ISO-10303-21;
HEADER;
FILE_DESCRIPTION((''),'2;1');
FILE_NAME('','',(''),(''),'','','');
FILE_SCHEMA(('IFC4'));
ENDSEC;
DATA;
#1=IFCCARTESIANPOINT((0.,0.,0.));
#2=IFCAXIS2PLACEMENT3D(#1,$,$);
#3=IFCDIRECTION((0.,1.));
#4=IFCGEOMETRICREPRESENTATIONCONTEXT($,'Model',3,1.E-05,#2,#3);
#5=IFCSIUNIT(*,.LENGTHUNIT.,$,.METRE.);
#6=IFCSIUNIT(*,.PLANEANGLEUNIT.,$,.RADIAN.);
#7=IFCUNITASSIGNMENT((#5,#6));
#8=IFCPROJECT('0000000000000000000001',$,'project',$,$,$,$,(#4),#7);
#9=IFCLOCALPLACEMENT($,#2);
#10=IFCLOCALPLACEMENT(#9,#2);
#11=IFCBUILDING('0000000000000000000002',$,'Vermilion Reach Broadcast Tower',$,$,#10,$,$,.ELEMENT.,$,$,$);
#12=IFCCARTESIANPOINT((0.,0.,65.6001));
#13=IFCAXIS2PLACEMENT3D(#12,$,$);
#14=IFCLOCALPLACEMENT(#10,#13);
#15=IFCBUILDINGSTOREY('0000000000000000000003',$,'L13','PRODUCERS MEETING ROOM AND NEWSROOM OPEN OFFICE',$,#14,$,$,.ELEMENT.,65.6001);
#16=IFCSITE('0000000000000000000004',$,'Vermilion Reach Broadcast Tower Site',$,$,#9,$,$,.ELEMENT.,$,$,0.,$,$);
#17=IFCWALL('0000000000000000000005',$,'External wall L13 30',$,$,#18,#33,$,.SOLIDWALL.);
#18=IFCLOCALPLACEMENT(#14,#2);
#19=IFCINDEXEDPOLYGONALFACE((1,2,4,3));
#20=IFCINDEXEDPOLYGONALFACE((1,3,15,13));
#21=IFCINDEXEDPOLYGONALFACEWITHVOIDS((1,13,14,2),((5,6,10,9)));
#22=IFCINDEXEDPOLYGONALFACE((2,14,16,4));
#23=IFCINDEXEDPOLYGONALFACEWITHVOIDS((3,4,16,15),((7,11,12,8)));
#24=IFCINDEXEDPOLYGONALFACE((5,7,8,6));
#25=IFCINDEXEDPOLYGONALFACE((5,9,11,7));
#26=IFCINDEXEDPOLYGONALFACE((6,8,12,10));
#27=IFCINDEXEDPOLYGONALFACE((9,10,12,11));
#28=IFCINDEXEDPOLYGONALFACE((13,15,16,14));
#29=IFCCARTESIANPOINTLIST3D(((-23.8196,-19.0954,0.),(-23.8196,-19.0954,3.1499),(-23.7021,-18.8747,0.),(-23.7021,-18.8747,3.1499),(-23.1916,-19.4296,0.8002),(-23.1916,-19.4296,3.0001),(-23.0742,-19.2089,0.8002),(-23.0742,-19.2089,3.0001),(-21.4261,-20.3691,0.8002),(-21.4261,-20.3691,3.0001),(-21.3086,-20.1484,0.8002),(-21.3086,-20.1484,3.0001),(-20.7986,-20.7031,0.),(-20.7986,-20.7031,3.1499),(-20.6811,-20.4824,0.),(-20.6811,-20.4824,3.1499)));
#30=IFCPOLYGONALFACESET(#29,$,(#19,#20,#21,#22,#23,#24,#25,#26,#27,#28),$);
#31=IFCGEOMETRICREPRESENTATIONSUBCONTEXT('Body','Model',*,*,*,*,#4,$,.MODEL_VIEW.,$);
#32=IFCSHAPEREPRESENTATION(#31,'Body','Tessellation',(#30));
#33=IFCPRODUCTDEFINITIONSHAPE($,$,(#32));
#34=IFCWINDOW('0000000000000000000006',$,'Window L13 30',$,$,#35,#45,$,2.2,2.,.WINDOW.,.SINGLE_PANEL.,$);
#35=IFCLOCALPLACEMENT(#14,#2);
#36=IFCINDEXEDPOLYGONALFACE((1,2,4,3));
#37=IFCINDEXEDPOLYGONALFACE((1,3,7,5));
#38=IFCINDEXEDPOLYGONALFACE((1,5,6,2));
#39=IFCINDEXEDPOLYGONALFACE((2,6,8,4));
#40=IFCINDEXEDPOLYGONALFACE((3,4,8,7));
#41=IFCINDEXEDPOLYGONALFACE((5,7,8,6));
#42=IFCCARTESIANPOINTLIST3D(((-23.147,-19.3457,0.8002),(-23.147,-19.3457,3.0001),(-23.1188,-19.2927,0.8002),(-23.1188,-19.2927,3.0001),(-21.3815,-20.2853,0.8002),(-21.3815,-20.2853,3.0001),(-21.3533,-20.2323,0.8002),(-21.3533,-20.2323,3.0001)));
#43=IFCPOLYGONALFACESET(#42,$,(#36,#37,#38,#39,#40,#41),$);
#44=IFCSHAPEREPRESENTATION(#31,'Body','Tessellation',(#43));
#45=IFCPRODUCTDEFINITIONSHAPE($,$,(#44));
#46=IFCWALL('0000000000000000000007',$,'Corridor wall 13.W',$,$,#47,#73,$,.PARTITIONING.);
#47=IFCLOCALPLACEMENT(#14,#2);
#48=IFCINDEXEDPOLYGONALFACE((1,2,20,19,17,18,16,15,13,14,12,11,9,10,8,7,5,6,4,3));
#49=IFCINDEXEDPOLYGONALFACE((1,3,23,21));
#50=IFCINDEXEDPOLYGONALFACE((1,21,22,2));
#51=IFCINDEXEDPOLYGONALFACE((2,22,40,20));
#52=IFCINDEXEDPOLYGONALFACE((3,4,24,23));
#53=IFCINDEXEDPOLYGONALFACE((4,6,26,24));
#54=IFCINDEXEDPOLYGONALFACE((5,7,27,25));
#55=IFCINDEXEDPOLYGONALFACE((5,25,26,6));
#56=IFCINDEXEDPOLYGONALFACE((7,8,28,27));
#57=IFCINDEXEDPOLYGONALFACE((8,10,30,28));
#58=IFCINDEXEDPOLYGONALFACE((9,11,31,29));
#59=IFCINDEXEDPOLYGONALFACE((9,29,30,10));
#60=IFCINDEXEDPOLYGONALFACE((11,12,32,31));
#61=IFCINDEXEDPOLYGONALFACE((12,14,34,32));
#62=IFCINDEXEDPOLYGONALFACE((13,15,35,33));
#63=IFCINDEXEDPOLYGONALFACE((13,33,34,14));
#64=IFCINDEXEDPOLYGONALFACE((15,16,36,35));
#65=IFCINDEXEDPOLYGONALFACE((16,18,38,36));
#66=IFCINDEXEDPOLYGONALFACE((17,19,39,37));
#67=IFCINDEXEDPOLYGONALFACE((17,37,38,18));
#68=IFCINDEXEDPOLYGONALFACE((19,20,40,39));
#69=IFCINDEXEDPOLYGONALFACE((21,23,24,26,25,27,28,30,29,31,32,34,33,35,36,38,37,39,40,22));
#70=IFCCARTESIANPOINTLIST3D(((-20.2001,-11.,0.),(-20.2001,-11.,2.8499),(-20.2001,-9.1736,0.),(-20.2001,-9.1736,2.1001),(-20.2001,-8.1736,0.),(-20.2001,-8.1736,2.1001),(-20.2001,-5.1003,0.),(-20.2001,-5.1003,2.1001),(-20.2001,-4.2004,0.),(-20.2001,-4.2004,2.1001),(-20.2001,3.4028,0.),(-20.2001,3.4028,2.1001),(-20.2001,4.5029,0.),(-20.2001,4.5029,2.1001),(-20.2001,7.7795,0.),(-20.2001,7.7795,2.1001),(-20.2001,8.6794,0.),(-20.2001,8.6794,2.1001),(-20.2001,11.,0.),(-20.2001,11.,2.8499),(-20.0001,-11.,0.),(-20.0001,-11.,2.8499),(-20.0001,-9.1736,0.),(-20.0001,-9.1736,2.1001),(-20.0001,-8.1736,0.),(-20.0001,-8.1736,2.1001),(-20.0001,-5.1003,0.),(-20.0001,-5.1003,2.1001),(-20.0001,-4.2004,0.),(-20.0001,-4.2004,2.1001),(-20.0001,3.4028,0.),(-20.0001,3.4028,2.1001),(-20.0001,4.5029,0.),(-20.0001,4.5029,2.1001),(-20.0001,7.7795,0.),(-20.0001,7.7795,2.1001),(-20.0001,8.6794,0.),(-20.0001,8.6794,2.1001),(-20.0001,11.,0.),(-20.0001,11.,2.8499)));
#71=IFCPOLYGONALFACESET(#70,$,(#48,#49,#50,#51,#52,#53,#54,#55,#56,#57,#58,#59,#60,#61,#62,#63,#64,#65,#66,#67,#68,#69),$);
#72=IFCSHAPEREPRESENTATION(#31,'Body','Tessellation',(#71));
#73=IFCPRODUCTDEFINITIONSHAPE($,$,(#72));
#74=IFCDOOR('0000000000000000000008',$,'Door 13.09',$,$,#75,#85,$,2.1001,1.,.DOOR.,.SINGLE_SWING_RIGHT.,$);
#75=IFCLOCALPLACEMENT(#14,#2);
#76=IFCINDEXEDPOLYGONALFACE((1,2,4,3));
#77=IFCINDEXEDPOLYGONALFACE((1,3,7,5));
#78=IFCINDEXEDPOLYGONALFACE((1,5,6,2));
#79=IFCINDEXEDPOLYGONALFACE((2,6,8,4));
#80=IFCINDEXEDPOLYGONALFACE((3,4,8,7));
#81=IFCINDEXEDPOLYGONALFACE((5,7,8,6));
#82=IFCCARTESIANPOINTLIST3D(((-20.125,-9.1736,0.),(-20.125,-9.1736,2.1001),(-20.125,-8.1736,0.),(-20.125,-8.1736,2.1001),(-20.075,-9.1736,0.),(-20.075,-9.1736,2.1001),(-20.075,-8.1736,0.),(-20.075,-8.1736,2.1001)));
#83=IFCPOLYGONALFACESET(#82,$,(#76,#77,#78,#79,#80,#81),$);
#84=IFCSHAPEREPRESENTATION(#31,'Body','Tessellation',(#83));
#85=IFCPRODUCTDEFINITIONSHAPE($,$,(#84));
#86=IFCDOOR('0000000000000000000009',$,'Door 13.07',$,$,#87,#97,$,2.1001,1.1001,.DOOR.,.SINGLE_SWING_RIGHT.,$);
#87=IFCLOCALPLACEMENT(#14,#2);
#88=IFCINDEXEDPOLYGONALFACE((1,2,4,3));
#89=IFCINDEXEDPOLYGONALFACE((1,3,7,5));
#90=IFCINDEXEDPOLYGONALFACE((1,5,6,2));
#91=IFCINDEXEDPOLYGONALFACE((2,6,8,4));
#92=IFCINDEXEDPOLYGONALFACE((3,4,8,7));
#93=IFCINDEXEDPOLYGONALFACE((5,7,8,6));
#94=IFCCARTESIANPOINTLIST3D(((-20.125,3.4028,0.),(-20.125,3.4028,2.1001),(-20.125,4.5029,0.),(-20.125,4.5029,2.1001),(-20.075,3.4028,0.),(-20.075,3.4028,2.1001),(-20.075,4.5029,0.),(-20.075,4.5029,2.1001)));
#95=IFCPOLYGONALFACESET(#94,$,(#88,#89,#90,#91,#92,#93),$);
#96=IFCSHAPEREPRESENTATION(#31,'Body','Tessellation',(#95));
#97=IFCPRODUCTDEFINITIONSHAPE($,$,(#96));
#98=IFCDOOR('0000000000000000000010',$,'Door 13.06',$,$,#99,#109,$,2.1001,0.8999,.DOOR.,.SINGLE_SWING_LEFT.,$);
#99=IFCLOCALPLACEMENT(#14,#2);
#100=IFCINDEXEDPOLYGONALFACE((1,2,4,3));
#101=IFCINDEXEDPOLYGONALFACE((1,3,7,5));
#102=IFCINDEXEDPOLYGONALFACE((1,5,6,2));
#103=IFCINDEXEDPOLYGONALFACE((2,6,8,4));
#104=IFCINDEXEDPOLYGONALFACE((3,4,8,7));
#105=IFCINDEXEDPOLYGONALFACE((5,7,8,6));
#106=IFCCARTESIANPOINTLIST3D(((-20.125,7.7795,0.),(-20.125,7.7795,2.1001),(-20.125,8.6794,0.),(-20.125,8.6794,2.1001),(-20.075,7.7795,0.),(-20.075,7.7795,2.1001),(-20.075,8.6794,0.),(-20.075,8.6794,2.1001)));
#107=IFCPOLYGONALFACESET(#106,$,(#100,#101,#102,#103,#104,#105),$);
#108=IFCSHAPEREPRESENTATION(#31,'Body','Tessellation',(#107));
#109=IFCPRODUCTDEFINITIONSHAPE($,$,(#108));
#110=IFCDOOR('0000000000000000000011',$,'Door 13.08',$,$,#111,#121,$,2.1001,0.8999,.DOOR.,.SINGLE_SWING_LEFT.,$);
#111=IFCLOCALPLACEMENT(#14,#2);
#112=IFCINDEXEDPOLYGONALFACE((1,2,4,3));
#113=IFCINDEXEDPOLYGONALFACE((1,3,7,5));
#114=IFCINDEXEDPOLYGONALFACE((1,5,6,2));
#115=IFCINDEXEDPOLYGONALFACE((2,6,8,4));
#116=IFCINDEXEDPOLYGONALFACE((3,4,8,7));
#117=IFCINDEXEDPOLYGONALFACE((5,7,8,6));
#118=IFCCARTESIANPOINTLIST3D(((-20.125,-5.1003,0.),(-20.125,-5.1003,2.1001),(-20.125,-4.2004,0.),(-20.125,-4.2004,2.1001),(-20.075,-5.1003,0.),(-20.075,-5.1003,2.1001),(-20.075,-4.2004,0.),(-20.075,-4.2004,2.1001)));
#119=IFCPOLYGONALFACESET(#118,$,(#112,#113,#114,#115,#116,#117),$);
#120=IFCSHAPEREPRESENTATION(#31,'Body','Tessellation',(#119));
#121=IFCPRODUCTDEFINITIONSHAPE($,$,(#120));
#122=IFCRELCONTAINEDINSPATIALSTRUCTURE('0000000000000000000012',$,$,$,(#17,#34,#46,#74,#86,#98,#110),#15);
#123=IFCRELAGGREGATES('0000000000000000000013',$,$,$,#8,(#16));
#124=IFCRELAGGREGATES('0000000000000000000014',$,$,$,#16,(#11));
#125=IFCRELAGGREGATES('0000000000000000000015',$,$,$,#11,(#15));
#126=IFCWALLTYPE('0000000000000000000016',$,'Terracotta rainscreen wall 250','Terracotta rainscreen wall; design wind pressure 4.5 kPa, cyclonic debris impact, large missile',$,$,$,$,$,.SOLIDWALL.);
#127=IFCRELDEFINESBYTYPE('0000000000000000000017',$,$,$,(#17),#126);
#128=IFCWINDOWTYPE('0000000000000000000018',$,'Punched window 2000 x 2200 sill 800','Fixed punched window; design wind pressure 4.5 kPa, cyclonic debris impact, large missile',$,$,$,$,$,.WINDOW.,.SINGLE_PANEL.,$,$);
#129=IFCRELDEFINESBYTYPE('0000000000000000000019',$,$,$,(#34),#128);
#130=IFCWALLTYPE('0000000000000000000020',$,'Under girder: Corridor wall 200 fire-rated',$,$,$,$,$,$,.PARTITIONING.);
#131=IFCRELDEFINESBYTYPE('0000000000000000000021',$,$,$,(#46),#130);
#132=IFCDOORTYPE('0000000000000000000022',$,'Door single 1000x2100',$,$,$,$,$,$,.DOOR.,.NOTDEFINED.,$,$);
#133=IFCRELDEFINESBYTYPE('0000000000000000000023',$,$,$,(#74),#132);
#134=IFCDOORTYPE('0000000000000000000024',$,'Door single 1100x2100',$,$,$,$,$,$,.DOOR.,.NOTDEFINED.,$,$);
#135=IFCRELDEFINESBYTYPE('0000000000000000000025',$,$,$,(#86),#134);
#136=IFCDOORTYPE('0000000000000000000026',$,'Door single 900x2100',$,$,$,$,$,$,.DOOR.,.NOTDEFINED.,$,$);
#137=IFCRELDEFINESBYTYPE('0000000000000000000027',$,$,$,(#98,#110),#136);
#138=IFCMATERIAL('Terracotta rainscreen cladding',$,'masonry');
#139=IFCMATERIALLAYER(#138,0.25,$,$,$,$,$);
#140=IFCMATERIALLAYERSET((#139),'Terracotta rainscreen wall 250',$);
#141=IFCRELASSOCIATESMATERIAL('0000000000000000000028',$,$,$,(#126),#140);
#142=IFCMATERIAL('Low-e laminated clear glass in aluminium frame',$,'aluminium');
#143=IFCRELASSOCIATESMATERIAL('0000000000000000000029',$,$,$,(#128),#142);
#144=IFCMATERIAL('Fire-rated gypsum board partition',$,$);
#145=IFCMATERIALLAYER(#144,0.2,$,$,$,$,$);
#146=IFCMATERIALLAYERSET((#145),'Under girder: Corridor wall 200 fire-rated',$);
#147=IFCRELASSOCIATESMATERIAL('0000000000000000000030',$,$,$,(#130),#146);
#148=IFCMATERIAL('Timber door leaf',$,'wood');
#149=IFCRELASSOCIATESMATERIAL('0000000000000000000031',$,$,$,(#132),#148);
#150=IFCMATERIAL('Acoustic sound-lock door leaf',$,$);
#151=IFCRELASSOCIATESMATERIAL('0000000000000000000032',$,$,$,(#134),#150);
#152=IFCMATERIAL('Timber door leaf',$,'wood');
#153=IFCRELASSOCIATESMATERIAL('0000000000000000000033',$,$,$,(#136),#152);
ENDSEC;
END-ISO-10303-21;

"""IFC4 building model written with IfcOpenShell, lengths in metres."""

from ifc_helpers import new_model, si_unit, direction, frame, frame_2d, origin, place, context, subcontext, project, spatial, rectangle, extrude, material, layer, layer_set, type_object, element, fill, save


model = new_model("IFC4")

# Units and contexts
model_context = context("Model", 3, precision=1e-05, world=origin(), true_north=direction((0.0, 1.0)))
body_context = subcontext(model_context, "Body", "Model", "MODEL_VIEW")
ifc_project = project(units=[si_unit("LENGTHUNIT", "METRE"), si_unit("PLANEANGLEUNIT", "RADIAN")], contexts=[model_context])

# Site, building, storey
site_placement = place(None, origin())
site = spatial("IfcSite", under=ifc_project, at=site_placement, Name="Vermilion Reach Broadcast Tower Site", CompositionType="ELEMENT", RefElevation=0.0)
building_placement = place(site_placement, origin())
building = spatial("IfcBuilding", under=site, at=building_placement, Name="Vermilion Reach Broadcast Tower", CompositionType="ELEMENT")
storey_placement = place(building_placement, frame((0.0, 0.0, 65.6001)))
storey = spatial("IfcBuildingStorey", under=building, at=storey_placement, Name="L13", Description="PRODUCERS MEETING ROOM AND NEWSROOM OPEN OFFICE", CompositionType="ELEMENT", Elevation=65.6001)

# Shared definitions
ifc_material_1 = material(Name="Terracotta rainscreen cladding", Category="masonry")
ifc_layer_1 = layer(ifc_material_1, 0.25)
ifc_layer_set_1 = layer_set([ifc_layer_1], Name="Terracotta rainscreen wall 250")
wall_type_1 = type_object("IfcWallType", Name="Terracotta rainscreen wall 250", Description="Terracotta rainscreen wall; design wind pressure 4.5 kPa, cyclonic debris impact, large missile", PredefinedType="SOLIDWALL", material=ifc_layer_set_1)

# Wall, opening, window
ifc_material_2 = material(Name="Low-e laminated clear glass in aluminium frame", Category="aluminium")
window_type = type_object("IfcWindowType", Name="Punched window 2000 x 2200 sill 800", Description="Fixed punched window; design wind pressure 4.5 kPa, cyclonic debris impact, large missile", PartitioningType="SINGLE_PANEL", PredefinedType="WINDOW", material=ifc_material_2)
wall_1_placement = place(storey_placement, frame((-23.7607, -18.9851, 0.0), z_axis=(0.0, 0.0, 1.0), x_axis=(0.882781, -0.469785, 0.0)))
wall_1 = element("IfcWall", 1, at=wall_1_placement, inside=storey, type_object=wall_type_1, Name="External wall L13 30", PredefinedType="SOLIDWALL", context=body_context, shape_type="SweptSolid", body=[
    extrude(rectangle(XDim=3.4221, YDim=0.25, at=frame_2d((1.7109, 0.0))), origin(), (0.0, 0.0, 1.0), 3.1499),
])
opening_1_placement = place(wall_1_placement, frame((0.7112, 0.0, 0.8)))
opening_1 = element("IfcOpeningElement", 2, at=opening_1_placement, cuts=wall_1, PredefinedType="OPENING", context=body_context, shape_type="SweptSolid", body=[
    extrude(rectangle(XDim=2.0, YDim=2.2, at=frame_2d((1.0, 1.1001))), frame((0.0, 0.135, 0.0), z_axis=(0.0, -1.0, 0.0), x_axis=(1.0, 0.0, 0.0)), (0.0, 0.0, 1.0), 0.27),
])
window_1_placement = place(opening_1_placement, origin())
window_1 = element("IfcWindow", 3, at=window_1_placement, inside=storey, type_object=window_type, Name="Window L13 30", OverallHeight=2.2, OverallWidth=2.0, PartitioningType="SINGLE_PANEL", PredefinedType="WINDOW", context=body_context, shape_type="SweptSolid", body=[
    extrude(rectangle(XDim=2.0, YDim=2.2, at=frame_2d((1.0, 1.1001))), frame((0.0, 0.03, 0.0), z_axis=(0.0, -1.0, 0.0), x_axis=(1.0, 0.0, 0.0)), (0.0, 0.0, 1.0), 0.0601),
])
fill(opening_1, window_1)

# Wall, openings, doors
ifc_material_3 = material(Name="Fire-rated gypsum board partition")
ifc_layer_2 = layer(ifc_material_3, 0.2)
ifc_layer_set_2 = layer_set([ifc_layer_2], Name="Under girder: Corridor wall 200 fire-rated")
wall_type_2 = type_object("IfcWallType", Name="Under girder: Corridor wall 200 fire-rated", PredefinedType="PARTITIONING", material=ifc_layer_set_2)
wall_2_placement = place(storey_placement, frame((-20.1001, -11.0, 0.0), z_axis=(0.0, 0.0, 1.0), x_axis=(0.0, 1.0, 0.0)))
wall_2 = element("IfcWall", 4, at=wall_2_placement, inside=storey, type_object=wall_type_2, Name="Corridor wall 13.W", PredefinedType="PARTITIONING", context=body_context, shape_type="SweptSolid", body=[
    extrude(rectangle(XDim=22.0, YDim=0.2, at=frame_2d((11.0, 0.0))), origin(), (0.0, 0.0, 1.0), 2.8499),
])
opening_2_placement = place(wall_2_placement, frame((18.7795, 0.0, 0.0)))
opening_2 = element("IfcOpeningElement", 5, at=opening_2_placement, cuts=wall_2, PredefinedType="OPENING", context=body_context, shape_type="SweptSolid", body=[
    extrude(rectangle(XDim=0.8999, YDim=2.1001, at=frame_2d((0.45, 1.05))), frame((0.0, 0.1099, 0.0), z_axis=(0.0, -1.0, 0.0), x_axis=(1.0, 0.0, 0.0)), (0.0, 0.0, 1.0), 0.22),
])
opening_3_placement = place(wall_2_placement, frame((14.4028, 0.0, 0.0)))
opening_3 = element("IfcOpeningElement", 6, at=opening_3_placement, cuts=wall_2, PredefinedType="OPENING", context=body_context, shape_type="SweptSolid", body=[
    extrude(rectangle(XDim=1.1001, YDim=2.1001, at=frame_2d((0.55, 1.05))), frame((0.0, 0.1099, 0.0), z_axis=(0.0, -1.0, 0.0), x_axis=(1.0, 0.0, 0.0)), (0.0, 0.0, 1.0), 0.22),
])
opening_4_placement = place(wall_2_placement, frame((5.8997, 0.0, 0.0)))
opening_4 = element("IfcOpeningElement", 7, at=opening_4_placement, cuts=wall_2, PredefinedType="OPENING", context=body_context, shape_type="SweptSolid", body=[
    extrude(rectangle(XDim=0.8999, YDim=2.1001, at=frame_2d((0.45, 1.05))), frame((0.0, 0.1099, 0.0), z_axis=(0.0, -1.0, 0.0), x_axis=(1.0, 0.0, 0.0)), (0.0, 0.0, 1.0), 0.22),
])
opening_5_placement = place(wall_2_placement, frame((1.8264, 0.0, 0.0)))
opening_5 = element("IfcOpeningElement", 8, at=opening_5_placement, cuts=wall_2, PredefinedType="OPENING", context=body_context, shape_type="SweptSolid", body=[
    extrude(rectangle(XDim=1.0, YDim=2.1001, at=frame_2d((0.5, 1.05))), frame((0.0, 0.1099, 0.0), z_axis=(0.0, -1.0, 0.0), x_axis=(1.0, 0.0, 0.0)), (0.0, 0.0, 1.0), 0.22),
])
ifc_material_4 = material(Name="Timber door leaf", Category="wood")
door_type_1 = type_object("IfcDoorType", Name="Door single 1000x2100", OperationType="NOTDEFINED", PredefinedType="DOOR", material=ifc_material_4)
door_1_placement = place(opening_5_placement, origin())
door_1 = element("IfcDoor", 9, at=door_1_placement, inside=storey, type_object=door_type_1, Name="Door 13.09", OperationType="SINGLE_SWING_RIGHT", OverallHeight=2.1001, OverallWidth=1.0, PredefinedType="DOOR", context=body_context, shape_type="SweptSolid", body=[
    extrude(rectangle(XDim=1.0, YDim=2.1001, at=frame_2d((0.5, 1.05))), frame((0.0, 0.0249, 0.0), z_axis=(0.0, -1.0, 0.0), x_axis=(1.0, 0.0, 0.0)), (0.0, 0.0, 1.0), 0.05),
])
fill(opening_5, door_1)
ifc_material_5 = material(Name="Acoustic sound-lock door leaf")
door_type_2 = type_object("IfcDoorType", Name="Door single 1100x2100", OperationType="NOTDEFINED", PredefinedType="DOOR", material=ifc_material_5)
door_2_placement = place(opening_3_placement, origin())
door_2 = element("IfcDoor", 10, at=door_2_placement, inside=storey, type_object=door_type_2, Name="Door 13.07", OperationType="SINGLE_SWING_RIGHT", OverallHeight=2.1001, OverallWidth=1.1001, PredefinedType="DOOR", context=body_context, shape_type="SweptSolid", body=[
    extrude(rectangle(XDim=1.1001, YDim=2.1001, at=frame_2d((0.55, 1.05))), frame((0.0, 0.0249, 0.0), z_axis=(0.0, -1.0, 0.0), x_axis=(1.0, 0.0, 0.0)), (0.0, 0.0, 1.0), 0.05),
])
fill(opening_3, door_2)
ifc_material_6 = material(Name="Timber door leaf", Category="wood")
door_type_3 = type_object("IfcDoorType", Name="Door single 900x2100", OperationType="NOTDEFINED", PredefinedType="DOOR", material=ifc_material_6)
door_3_placement = place(opening_2_placement, origin())
door_3 = element("IfcDoor", 11, at=door_3_placement, inside=storey, type_object=door_type_3, Name="Door 13.06", OperationType="SINGLE_SWING_LEFT", OverallHeight=2.1001, OverallWidth=0.8999, PredefinedType="DOOR", context=body_context, shape_type="SweptSolid", body=[
    extrude(rectangle(XDim=0.8999, YDim=2.1001, at=frame_2d((0.45, 1.05))), frame((0.0, 0.0249, 0.0), z_axis=(0.0, -1.0, 0.0), x_axis=(1.0, 0.0, 0.0)), (0.0, 0.0, 1.0), 0.05),
])
fill(opening_2, door_3)
door_4_placement = place(opening_4_placement, origin())
door_4 = element("IfcDoor", 12, at=door_4_placement, inside=storey, type_object=door_type_3, Name="Door 13.08", OperationType="SINGLE_SWING_LEFT", OverallHeight=2.1001, OverallWidth=0.8999, PredefinedType="DOOR", context=body_context, shape_type="SweptSolid", body=[
    extrude(rectangle(XDim=0.8999, YDim=2.1001, at=frame_2d((0.45, 1.05))), frame((0.0, 0.0249, 0.0), z_axis=(0.0, -1.0, 0.0), x_axis=(1.0, 0.0, 0.0)), (0.0, 0.0, 1.0), 0.05),
])
fill(opening_4, door_4)

save(model, "model.ifc")
